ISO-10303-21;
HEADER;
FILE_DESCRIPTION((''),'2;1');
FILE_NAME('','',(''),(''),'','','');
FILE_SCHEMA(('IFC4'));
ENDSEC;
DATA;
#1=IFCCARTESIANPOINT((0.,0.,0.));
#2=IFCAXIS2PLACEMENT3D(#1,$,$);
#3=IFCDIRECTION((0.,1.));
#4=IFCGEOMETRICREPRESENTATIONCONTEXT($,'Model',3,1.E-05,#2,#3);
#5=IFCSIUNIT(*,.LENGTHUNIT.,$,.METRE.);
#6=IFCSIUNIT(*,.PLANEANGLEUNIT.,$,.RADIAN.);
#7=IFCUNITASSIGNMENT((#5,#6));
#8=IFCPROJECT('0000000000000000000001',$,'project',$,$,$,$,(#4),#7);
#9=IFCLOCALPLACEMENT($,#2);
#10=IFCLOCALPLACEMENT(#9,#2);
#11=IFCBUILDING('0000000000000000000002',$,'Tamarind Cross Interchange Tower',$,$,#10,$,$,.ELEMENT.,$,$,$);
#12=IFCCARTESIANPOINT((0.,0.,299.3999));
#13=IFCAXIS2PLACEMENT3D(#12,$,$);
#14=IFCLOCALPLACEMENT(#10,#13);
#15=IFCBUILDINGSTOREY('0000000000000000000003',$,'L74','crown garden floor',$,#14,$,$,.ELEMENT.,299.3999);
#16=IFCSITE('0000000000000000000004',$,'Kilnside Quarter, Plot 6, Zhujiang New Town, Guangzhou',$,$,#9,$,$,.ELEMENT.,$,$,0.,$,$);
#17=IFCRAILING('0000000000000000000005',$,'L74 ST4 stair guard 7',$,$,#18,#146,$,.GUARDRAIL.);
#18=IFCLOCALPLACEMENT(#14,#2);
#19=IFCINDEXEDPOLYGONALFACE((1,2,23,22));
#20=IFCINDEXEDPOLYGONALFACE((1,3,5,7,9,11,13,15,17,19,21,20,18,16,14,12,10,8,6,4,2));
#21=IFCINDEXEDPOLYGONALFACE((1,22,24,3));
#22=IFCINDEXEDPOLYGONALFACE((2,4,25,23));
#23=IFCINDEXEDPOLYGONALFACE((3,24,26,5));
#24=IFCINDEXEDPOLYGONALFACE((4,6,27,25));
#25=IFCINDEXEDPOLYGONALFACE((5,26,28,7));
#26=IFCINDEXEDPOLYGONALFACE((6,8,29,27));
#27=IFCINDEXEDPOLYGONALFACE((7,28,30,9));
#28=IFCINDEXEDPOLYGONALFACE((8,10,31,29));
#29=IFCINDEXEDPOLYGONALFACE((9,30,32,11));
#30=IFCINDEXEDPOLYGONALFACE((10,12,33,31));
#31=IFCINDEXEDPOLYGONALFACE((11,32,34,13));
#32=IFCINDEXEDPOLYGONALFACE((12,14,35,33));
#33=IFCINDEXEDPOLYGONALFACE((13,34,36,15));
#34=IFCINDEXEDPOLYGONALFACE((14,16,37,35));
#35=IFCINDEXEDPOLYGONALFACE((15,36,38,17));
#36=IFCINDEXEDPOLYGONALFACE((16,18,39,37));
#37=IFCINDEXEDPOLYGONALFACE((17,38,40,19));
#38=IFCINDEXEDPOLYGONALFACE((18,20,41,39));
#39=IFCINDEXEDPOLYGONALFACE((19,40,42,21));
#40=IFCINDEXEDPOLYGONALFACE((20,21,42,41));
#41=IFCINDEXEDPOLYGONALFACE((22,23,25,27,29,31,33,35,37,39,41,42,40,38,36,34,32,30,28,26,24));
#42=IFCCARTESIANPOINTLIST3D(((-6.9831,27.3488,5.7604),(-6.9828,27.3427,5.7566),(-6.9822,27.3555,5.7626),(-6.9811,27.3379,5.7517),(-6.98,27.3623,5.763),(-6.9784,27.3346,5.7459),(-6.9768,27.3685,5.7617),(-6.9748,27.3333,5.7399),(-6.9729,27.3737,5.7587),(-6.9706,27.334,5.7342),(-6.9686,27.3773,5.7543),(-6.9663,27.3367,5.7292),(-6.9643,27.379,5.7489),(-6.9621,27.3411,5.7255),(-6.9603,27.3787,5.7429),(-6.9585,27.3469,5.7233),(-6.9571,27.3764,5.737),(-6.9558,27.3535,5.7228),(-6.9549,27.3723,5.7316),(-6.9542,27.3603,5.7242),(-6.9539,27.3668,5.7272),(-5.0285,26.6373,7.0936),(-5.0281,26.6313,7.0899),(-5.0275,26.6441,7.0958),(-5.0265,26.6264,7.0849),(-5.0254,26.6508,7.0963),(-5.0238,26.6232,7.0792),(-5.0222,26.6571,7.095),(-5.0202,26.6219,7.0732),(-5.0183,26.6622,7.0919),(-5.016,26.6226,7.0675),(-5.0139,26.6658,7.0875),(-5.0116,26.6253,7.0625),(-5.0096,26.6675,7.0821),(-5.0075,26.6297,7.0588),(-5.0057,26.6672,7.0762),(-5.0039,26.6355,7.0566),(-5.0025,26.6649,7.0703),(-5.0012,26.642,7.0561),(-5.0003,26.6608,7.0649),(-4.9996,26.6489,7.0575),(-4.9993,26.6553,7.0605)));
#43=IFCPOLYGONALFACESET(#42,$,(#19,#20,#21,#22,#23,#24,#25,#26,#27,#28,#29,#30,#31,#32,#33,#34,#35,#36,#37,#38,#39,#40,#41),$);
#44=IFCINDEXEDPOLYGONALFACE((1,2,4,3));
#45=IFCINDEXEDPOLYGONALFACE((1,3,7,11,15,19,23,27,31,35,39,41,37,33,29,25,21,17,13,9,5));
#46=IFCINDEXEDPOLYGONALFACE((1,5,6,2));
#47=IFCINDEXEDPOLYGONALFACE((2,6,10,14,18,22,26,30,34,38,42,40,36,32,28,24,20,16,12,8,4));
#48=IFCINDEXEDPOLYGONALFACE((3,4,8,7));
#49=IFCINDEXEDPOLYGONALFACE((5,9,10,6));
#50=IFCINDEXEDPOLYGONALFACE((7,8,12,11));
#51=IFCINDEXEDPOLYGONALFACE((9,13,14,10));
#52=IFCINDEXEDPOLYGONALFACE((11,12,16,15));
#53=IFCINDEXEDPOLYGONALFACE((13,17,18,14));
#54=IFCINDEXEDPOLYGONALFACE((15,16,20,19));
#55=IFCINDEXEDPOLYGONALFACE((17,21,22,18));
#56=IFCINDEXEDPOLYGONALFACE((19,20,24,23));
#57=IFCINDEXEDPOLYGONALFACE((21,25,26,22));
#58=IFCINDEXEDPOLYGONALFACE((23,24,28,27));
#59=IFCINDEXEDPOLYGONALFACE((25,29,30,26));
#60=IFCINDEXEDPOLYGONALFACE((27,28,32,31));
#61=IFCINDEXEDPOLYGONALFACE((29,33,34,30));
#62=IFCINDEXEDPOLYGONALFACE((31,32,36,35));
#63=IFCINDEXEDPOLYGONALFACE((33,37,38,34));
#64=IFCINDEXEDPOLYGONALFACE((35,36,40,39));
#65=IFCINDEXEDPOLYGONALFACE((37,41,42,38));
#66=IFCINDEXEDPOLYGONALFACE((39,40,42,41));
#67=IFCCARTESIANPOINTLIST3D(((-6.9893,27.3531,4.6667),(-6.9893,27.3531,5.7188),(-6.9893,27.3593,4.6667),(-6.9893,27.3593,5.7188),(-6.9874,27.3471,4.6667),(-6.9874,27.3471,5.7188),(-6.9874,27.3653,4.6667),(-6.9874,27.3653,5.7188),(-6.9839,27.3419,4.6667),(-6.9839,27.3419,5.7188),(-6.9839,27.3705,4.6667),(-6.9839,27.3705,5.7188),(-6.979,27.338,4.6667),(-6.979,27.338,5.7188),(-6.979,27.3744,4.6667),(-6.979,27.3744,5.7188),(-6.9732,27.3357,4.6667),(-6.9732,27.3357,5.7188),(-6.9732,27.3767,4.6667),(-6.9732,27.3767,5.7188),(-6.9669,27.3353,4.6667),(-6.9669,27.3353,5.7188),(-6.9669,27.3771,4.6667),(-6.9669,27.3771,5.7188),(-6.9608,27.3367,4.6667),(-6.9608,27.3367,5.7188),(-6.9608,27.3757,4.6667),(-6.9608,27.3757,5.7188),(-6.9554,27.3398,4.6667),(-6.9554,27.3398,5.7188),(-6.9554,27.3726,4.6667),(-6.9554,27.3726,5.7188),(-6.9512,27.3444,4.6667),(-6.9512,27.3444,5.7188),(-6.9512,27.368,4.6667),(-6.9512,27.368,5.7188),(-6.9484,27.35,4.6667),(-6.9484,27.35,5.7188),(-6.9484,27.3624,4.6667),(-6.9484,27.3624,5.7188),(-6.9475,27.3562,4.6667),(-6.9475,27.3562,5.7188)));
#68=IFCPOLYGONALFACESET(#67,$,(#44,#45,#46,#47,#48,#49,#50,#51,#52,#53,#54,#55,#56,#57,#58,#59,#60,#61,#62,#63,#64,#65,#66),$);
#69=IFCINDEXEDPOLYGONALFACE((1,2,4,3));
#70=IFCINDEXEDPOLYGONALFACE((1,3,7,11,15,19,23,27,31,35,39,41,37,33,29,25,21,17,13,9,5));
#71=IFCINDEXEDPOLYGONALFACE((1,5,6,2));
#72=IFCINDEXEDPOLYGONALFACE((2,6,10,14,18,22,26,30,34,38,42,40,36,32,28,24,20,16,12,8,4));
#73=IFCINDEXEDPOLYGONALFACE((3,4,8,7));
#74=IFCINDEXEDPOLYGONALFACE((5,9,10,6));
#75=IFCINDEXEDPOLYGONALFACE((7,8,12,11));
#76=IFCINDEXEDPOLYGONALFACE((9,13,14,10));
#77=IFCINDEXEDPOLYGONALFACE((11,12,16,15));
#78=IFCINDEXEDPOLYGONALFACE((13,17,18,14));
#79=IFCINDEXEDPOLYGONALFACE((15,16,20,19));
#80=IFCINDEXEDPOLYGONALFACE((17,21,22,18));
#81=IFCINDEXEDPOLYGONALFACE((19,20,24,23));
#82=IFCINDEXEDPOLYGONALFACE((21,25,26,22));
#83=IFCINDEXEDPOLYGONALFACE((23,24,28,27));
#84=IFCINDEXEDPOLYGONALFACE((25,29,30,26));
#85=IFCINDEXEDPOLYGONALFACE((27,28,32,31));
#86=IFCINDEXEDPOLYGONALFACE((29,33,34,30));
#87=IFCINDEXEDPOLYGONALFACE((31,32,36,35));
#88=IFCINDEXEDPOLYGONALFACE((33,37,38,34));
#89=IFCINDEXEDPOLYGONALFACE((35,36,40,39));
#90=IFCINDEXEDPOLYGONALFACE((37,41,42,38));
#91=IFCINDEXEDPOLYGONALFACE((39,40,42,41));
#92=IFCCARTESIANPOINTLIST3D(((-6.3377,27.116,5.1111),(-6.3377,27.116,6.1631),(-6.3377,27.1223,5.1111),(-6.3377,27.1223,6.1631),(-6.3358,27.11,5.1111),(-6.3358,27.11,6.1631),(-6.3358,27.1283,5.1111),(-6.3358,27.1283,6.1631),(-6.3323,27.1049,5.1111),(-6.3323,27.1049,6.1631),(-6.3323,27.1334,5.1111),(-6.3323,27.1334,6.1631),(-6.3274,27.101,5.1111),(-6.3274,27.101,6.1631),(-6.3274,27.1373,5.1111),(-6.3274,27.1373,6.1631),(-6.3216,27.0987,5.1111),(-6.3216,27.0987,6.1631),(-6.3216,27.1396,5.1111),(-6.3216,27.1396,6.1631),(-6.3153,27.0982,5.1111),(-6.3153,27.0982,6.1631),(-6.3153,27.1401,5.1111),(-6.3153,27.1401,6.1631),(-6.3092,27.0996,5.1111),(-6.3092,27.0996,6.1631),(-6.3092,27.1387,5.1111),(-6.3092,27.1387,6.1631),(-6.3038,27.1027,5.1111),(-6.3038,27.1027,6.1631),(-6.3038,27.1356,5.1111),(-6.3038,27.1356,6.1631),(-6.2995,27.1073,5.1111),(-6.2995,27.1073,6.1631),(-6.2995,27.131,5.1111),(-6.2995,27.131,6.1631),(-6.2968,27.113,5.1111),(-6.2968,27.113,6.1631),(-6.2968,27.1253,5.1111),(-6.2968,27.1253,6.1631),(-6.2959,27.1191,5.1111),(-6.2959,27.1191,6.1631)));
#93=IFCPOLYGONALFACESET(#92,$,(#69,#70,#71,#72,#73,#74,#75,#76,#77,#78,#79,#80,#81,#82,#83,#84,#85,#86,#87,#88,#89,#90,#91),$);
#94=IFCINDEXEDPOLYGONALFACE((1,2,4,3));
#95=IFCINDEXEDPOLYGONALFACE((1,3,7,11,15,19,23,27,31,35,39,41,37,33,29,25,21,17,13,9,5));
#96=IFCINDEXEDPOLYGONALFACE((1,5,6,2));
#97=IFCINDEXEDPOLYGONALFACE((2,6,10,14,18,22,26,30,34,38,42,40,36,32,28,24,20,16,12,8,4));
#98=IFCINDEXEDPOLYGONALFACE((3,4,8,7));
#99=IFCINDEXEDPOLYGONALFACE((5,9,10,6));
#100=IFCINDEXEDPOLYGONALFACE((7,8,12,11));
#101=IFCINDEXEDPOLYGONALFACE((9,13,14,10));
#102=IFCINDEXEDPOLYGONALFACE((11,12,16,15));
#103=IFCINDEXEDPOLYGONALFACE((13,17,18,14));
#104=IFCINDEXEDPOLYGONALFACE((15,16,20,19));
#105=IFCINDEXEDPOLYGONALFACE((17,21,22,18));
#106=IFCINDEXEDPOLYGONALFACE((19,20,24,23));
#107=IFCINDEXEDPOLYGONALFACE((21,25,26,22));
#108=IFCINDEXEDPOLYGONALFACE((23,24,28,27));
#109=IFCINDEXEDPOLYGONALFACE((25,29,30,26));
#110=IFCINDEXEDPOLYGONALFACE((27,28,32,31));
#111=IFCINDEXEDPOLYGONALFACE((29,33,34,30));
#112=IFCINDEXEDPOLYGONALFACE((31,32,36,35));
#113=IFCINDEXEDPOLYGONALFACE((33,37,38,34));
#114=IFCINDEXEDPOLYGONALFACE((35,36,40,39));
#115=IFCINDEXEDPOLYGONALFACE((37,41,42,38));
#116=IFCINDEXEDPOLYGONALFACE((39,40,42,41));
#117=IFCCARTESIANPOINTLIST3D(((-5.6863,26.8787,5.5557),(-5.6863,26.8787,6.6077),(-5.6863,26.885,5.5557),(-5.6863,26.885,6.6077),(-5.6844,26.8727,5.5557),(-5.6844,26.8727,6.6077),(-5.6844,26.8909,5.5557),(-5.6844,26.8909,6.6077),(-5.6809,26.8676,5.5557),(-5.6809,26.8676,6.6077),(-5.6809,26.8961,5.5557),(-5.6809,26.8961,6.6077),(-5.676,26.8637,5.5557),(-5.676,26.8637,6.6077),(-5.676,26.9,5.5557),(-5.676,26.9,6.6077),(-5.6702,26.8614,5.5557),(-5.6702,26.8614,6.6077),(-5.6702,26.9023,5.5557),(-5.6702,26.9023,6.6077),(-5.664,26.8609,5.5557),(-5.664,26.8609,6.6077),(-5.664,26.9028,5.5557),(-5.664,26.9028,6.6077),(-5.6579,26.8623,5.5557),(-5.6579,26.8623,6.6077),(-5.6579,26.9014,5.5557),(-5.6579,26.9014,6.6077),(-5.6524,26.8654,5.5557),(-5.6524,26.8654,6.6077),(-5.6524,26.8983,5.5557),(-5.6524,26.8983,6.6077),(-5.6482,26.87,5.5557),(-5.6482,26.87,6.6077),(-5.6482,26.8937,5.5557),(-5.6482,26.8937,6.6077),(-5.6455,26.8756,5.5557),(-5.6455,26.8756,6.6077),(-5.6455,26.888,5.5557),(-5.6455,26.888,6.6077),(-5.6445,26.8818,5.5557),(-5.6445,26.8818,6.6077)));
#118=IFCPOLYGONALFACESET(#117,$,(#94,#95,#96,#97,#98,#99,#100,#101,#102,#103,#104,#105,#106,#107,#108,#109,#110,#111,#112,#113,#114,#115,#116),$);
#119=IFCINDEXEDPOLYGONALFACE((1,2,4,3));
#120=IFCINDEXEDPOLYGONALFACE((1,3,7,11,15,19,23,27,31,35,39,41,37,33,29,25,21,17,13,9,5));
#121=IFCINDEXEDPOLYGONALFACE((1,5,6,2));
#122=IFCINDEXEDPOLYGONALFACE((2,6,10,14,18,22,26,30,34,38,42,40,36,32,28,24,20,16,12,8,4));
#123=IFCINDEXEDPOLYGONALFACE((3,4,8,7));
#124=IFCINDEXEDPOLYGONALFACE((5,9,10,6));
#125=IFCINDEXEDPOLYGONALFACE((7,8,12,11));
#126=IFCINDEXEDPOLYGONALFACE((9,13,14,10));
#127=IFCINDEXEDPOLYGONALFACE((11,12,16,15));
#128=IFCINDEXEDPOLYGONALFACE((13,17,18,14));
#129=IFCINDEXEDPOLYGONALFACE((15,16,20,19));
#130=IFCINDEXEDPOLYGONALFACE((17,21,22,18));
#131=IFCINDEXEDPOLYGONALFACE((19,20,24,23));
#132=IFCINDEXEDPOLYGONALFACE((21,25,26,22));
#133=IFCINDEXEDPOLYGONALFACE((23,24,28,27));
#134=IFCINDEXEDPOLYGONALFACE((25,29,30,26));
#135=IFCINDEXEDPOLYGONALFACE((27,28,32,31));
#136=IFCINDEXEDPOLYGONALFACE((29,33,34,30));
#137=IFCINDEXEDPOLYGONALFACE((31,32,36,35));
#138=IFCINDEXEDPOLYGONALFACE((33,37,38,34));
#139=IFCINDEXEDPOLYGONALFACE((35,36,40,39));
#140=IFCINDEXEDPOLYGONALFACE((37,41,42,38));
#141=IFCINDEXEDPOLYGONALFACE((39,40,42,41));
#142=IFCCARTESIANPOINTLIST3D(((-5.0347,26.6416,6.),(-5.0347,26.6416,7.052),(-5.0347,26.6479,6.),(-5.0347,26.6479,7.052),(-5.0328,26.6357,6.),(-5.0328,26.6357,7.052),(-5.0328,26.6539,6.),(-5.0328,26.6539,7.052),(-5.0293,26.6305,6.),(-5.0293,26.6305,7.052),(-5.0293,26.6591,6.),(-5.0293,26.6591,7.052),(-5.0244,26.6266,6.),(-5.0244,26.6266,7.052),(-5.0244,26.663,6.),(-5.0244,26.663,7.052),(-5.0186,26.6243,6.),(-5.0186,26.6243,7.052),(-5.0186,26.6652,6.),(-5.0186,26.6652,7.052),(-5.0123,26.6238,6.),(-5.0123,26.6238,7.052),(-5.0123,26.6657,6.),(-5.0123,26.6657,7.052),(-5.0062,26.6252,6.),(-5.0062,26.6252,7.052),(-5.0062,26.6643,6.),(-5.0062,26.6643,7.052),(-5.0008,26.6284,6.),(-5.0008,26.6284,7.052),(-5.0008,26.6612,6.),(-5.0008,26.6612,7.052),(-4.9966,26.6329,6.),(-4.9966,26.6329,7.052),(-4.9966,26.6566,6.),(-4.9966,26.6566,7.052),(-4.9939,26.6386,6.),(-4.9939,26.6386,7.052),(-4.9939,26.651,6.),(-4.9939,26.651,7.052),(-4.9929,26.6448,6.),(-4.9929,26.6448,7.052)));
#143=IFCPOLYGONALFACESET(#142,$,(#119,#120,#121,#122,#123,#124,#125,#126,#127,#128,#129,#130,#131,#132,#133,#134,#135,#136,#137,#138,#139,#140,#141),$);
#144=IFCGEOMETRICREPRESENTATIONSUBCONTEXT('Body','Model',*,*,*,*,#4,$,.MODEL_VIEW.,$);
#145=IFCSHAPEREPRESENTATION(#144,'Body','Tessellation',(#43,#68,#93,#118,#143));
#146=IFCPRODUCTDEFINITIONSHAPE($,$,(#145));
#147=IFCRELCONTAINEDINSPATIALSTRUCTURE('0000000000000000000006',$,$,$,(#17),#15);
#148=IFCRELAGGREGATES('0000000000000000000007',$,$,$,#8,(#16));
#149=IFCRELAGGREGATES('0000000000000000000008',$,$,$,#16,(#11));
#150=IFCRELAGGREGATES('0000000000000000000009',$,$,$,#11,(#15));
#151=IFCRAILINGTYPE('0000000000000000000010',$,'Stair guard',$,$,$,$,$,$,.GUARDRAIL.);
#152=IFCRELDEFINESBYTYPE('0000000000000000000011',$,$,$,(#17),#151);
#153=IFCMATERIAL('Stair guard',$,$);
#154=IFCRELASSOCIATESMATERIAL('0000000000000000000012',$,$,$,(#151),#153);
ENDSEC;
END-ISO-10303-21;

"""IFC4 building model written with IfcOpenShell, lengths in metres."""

from ifc_helpers import new_model, si_unit, direction, frame, origin, origin_2d, place, context, subcontext, project, spatial, circle, extrude, material, type_object, element, save


model = new_model("IFC4")

# Units and contexts
model_context = context("Model", 3, precision=1e-05, world=origin(), true_north=direction((0.0, 1.0)))
body_context = subcontext(model_context, "Body", "Model", "MODEL_VIEW")
ifc_project = project(units=[si_unit("LENGTHUNIT", "METRE"), si_unit("PLANEANGLEUNIT", "RADIAN")], contexts=[model_context])

# Site, building, storey
site_placement = place(None, origin())
site = spatial("IfcSite", under=ifc_project, at=site_placement, Name="Kilnside Quarter, Plot 6, Zhujiang New Town, Guangzhou", CompositionType="ELEMENT", RefElevation=0.0)
building_placement = place(site_placement, origin())
building = spatial("IfcBuilding", under=site, at=building_placement, Name="Tamarind Cross Interchange Tower", CompositionType="ELEMENT")
storey_placement = place(building_placement, frame((0.0, 0.0, 299.3999)))
storey = spatial("IfcBuildingStorey", under=building, at=storey_placement, Name="L74", Description="crown garden floor", CompositionType="ELEMENT", Elevation=299.3999)

# Railing
ifc_material_1 = material(Name="Stair guard")
railing_type_1 = type_object("IfcRailingType", Name="Stair guard", PredefinedType="GUARDRAIL", material=ifc_material_1)
railing_1_placement = place(storey_placement, frame((-6.9685, 27.3562, 4.6667)))
element("IfcRailing", 1, at=railing_1_placement, inside=storey, type_object=railing_type_1, Name="L74 ST4 stair guard 7", PredefinedType="GUARDRAIL", context=body_context, shape_type="SweptSolid", body=[
    extrude(circle(Radius=0.0239, at=origin_2d()), frame((0.0, 0.0, 1.0762), z_axis=(0.791124, -0.287951, 0.539636), x_axis=(0.342026, 0.939691, 0.0)), (0.0, 0.0, 1.0), 2.4707),
    extrude(circle(Radius=0.021, at=origin_2d()), origin(), (0.0, 0.0, 1.0), 1.052),
    extrude(circle(Radius=0.021, at=origin_2d()), frame((0.6516, -0.2371, 0.4443)), (0.0, 0.0, 1.0), 1.052),
    extrude(circle(Radius=0.021, at=origin_2d()), frame((1.303, -0.4744, 0.8889)), (0.0, 0.0, 1.0), 1.052),
    extrude(circle(Radius=0.021, at=origin_2d()), frame((1.9546, -0.7114, 1.3333)), (0.0, 0.0, 1.0), 1.052),
])

save(model, "model.ifc")
